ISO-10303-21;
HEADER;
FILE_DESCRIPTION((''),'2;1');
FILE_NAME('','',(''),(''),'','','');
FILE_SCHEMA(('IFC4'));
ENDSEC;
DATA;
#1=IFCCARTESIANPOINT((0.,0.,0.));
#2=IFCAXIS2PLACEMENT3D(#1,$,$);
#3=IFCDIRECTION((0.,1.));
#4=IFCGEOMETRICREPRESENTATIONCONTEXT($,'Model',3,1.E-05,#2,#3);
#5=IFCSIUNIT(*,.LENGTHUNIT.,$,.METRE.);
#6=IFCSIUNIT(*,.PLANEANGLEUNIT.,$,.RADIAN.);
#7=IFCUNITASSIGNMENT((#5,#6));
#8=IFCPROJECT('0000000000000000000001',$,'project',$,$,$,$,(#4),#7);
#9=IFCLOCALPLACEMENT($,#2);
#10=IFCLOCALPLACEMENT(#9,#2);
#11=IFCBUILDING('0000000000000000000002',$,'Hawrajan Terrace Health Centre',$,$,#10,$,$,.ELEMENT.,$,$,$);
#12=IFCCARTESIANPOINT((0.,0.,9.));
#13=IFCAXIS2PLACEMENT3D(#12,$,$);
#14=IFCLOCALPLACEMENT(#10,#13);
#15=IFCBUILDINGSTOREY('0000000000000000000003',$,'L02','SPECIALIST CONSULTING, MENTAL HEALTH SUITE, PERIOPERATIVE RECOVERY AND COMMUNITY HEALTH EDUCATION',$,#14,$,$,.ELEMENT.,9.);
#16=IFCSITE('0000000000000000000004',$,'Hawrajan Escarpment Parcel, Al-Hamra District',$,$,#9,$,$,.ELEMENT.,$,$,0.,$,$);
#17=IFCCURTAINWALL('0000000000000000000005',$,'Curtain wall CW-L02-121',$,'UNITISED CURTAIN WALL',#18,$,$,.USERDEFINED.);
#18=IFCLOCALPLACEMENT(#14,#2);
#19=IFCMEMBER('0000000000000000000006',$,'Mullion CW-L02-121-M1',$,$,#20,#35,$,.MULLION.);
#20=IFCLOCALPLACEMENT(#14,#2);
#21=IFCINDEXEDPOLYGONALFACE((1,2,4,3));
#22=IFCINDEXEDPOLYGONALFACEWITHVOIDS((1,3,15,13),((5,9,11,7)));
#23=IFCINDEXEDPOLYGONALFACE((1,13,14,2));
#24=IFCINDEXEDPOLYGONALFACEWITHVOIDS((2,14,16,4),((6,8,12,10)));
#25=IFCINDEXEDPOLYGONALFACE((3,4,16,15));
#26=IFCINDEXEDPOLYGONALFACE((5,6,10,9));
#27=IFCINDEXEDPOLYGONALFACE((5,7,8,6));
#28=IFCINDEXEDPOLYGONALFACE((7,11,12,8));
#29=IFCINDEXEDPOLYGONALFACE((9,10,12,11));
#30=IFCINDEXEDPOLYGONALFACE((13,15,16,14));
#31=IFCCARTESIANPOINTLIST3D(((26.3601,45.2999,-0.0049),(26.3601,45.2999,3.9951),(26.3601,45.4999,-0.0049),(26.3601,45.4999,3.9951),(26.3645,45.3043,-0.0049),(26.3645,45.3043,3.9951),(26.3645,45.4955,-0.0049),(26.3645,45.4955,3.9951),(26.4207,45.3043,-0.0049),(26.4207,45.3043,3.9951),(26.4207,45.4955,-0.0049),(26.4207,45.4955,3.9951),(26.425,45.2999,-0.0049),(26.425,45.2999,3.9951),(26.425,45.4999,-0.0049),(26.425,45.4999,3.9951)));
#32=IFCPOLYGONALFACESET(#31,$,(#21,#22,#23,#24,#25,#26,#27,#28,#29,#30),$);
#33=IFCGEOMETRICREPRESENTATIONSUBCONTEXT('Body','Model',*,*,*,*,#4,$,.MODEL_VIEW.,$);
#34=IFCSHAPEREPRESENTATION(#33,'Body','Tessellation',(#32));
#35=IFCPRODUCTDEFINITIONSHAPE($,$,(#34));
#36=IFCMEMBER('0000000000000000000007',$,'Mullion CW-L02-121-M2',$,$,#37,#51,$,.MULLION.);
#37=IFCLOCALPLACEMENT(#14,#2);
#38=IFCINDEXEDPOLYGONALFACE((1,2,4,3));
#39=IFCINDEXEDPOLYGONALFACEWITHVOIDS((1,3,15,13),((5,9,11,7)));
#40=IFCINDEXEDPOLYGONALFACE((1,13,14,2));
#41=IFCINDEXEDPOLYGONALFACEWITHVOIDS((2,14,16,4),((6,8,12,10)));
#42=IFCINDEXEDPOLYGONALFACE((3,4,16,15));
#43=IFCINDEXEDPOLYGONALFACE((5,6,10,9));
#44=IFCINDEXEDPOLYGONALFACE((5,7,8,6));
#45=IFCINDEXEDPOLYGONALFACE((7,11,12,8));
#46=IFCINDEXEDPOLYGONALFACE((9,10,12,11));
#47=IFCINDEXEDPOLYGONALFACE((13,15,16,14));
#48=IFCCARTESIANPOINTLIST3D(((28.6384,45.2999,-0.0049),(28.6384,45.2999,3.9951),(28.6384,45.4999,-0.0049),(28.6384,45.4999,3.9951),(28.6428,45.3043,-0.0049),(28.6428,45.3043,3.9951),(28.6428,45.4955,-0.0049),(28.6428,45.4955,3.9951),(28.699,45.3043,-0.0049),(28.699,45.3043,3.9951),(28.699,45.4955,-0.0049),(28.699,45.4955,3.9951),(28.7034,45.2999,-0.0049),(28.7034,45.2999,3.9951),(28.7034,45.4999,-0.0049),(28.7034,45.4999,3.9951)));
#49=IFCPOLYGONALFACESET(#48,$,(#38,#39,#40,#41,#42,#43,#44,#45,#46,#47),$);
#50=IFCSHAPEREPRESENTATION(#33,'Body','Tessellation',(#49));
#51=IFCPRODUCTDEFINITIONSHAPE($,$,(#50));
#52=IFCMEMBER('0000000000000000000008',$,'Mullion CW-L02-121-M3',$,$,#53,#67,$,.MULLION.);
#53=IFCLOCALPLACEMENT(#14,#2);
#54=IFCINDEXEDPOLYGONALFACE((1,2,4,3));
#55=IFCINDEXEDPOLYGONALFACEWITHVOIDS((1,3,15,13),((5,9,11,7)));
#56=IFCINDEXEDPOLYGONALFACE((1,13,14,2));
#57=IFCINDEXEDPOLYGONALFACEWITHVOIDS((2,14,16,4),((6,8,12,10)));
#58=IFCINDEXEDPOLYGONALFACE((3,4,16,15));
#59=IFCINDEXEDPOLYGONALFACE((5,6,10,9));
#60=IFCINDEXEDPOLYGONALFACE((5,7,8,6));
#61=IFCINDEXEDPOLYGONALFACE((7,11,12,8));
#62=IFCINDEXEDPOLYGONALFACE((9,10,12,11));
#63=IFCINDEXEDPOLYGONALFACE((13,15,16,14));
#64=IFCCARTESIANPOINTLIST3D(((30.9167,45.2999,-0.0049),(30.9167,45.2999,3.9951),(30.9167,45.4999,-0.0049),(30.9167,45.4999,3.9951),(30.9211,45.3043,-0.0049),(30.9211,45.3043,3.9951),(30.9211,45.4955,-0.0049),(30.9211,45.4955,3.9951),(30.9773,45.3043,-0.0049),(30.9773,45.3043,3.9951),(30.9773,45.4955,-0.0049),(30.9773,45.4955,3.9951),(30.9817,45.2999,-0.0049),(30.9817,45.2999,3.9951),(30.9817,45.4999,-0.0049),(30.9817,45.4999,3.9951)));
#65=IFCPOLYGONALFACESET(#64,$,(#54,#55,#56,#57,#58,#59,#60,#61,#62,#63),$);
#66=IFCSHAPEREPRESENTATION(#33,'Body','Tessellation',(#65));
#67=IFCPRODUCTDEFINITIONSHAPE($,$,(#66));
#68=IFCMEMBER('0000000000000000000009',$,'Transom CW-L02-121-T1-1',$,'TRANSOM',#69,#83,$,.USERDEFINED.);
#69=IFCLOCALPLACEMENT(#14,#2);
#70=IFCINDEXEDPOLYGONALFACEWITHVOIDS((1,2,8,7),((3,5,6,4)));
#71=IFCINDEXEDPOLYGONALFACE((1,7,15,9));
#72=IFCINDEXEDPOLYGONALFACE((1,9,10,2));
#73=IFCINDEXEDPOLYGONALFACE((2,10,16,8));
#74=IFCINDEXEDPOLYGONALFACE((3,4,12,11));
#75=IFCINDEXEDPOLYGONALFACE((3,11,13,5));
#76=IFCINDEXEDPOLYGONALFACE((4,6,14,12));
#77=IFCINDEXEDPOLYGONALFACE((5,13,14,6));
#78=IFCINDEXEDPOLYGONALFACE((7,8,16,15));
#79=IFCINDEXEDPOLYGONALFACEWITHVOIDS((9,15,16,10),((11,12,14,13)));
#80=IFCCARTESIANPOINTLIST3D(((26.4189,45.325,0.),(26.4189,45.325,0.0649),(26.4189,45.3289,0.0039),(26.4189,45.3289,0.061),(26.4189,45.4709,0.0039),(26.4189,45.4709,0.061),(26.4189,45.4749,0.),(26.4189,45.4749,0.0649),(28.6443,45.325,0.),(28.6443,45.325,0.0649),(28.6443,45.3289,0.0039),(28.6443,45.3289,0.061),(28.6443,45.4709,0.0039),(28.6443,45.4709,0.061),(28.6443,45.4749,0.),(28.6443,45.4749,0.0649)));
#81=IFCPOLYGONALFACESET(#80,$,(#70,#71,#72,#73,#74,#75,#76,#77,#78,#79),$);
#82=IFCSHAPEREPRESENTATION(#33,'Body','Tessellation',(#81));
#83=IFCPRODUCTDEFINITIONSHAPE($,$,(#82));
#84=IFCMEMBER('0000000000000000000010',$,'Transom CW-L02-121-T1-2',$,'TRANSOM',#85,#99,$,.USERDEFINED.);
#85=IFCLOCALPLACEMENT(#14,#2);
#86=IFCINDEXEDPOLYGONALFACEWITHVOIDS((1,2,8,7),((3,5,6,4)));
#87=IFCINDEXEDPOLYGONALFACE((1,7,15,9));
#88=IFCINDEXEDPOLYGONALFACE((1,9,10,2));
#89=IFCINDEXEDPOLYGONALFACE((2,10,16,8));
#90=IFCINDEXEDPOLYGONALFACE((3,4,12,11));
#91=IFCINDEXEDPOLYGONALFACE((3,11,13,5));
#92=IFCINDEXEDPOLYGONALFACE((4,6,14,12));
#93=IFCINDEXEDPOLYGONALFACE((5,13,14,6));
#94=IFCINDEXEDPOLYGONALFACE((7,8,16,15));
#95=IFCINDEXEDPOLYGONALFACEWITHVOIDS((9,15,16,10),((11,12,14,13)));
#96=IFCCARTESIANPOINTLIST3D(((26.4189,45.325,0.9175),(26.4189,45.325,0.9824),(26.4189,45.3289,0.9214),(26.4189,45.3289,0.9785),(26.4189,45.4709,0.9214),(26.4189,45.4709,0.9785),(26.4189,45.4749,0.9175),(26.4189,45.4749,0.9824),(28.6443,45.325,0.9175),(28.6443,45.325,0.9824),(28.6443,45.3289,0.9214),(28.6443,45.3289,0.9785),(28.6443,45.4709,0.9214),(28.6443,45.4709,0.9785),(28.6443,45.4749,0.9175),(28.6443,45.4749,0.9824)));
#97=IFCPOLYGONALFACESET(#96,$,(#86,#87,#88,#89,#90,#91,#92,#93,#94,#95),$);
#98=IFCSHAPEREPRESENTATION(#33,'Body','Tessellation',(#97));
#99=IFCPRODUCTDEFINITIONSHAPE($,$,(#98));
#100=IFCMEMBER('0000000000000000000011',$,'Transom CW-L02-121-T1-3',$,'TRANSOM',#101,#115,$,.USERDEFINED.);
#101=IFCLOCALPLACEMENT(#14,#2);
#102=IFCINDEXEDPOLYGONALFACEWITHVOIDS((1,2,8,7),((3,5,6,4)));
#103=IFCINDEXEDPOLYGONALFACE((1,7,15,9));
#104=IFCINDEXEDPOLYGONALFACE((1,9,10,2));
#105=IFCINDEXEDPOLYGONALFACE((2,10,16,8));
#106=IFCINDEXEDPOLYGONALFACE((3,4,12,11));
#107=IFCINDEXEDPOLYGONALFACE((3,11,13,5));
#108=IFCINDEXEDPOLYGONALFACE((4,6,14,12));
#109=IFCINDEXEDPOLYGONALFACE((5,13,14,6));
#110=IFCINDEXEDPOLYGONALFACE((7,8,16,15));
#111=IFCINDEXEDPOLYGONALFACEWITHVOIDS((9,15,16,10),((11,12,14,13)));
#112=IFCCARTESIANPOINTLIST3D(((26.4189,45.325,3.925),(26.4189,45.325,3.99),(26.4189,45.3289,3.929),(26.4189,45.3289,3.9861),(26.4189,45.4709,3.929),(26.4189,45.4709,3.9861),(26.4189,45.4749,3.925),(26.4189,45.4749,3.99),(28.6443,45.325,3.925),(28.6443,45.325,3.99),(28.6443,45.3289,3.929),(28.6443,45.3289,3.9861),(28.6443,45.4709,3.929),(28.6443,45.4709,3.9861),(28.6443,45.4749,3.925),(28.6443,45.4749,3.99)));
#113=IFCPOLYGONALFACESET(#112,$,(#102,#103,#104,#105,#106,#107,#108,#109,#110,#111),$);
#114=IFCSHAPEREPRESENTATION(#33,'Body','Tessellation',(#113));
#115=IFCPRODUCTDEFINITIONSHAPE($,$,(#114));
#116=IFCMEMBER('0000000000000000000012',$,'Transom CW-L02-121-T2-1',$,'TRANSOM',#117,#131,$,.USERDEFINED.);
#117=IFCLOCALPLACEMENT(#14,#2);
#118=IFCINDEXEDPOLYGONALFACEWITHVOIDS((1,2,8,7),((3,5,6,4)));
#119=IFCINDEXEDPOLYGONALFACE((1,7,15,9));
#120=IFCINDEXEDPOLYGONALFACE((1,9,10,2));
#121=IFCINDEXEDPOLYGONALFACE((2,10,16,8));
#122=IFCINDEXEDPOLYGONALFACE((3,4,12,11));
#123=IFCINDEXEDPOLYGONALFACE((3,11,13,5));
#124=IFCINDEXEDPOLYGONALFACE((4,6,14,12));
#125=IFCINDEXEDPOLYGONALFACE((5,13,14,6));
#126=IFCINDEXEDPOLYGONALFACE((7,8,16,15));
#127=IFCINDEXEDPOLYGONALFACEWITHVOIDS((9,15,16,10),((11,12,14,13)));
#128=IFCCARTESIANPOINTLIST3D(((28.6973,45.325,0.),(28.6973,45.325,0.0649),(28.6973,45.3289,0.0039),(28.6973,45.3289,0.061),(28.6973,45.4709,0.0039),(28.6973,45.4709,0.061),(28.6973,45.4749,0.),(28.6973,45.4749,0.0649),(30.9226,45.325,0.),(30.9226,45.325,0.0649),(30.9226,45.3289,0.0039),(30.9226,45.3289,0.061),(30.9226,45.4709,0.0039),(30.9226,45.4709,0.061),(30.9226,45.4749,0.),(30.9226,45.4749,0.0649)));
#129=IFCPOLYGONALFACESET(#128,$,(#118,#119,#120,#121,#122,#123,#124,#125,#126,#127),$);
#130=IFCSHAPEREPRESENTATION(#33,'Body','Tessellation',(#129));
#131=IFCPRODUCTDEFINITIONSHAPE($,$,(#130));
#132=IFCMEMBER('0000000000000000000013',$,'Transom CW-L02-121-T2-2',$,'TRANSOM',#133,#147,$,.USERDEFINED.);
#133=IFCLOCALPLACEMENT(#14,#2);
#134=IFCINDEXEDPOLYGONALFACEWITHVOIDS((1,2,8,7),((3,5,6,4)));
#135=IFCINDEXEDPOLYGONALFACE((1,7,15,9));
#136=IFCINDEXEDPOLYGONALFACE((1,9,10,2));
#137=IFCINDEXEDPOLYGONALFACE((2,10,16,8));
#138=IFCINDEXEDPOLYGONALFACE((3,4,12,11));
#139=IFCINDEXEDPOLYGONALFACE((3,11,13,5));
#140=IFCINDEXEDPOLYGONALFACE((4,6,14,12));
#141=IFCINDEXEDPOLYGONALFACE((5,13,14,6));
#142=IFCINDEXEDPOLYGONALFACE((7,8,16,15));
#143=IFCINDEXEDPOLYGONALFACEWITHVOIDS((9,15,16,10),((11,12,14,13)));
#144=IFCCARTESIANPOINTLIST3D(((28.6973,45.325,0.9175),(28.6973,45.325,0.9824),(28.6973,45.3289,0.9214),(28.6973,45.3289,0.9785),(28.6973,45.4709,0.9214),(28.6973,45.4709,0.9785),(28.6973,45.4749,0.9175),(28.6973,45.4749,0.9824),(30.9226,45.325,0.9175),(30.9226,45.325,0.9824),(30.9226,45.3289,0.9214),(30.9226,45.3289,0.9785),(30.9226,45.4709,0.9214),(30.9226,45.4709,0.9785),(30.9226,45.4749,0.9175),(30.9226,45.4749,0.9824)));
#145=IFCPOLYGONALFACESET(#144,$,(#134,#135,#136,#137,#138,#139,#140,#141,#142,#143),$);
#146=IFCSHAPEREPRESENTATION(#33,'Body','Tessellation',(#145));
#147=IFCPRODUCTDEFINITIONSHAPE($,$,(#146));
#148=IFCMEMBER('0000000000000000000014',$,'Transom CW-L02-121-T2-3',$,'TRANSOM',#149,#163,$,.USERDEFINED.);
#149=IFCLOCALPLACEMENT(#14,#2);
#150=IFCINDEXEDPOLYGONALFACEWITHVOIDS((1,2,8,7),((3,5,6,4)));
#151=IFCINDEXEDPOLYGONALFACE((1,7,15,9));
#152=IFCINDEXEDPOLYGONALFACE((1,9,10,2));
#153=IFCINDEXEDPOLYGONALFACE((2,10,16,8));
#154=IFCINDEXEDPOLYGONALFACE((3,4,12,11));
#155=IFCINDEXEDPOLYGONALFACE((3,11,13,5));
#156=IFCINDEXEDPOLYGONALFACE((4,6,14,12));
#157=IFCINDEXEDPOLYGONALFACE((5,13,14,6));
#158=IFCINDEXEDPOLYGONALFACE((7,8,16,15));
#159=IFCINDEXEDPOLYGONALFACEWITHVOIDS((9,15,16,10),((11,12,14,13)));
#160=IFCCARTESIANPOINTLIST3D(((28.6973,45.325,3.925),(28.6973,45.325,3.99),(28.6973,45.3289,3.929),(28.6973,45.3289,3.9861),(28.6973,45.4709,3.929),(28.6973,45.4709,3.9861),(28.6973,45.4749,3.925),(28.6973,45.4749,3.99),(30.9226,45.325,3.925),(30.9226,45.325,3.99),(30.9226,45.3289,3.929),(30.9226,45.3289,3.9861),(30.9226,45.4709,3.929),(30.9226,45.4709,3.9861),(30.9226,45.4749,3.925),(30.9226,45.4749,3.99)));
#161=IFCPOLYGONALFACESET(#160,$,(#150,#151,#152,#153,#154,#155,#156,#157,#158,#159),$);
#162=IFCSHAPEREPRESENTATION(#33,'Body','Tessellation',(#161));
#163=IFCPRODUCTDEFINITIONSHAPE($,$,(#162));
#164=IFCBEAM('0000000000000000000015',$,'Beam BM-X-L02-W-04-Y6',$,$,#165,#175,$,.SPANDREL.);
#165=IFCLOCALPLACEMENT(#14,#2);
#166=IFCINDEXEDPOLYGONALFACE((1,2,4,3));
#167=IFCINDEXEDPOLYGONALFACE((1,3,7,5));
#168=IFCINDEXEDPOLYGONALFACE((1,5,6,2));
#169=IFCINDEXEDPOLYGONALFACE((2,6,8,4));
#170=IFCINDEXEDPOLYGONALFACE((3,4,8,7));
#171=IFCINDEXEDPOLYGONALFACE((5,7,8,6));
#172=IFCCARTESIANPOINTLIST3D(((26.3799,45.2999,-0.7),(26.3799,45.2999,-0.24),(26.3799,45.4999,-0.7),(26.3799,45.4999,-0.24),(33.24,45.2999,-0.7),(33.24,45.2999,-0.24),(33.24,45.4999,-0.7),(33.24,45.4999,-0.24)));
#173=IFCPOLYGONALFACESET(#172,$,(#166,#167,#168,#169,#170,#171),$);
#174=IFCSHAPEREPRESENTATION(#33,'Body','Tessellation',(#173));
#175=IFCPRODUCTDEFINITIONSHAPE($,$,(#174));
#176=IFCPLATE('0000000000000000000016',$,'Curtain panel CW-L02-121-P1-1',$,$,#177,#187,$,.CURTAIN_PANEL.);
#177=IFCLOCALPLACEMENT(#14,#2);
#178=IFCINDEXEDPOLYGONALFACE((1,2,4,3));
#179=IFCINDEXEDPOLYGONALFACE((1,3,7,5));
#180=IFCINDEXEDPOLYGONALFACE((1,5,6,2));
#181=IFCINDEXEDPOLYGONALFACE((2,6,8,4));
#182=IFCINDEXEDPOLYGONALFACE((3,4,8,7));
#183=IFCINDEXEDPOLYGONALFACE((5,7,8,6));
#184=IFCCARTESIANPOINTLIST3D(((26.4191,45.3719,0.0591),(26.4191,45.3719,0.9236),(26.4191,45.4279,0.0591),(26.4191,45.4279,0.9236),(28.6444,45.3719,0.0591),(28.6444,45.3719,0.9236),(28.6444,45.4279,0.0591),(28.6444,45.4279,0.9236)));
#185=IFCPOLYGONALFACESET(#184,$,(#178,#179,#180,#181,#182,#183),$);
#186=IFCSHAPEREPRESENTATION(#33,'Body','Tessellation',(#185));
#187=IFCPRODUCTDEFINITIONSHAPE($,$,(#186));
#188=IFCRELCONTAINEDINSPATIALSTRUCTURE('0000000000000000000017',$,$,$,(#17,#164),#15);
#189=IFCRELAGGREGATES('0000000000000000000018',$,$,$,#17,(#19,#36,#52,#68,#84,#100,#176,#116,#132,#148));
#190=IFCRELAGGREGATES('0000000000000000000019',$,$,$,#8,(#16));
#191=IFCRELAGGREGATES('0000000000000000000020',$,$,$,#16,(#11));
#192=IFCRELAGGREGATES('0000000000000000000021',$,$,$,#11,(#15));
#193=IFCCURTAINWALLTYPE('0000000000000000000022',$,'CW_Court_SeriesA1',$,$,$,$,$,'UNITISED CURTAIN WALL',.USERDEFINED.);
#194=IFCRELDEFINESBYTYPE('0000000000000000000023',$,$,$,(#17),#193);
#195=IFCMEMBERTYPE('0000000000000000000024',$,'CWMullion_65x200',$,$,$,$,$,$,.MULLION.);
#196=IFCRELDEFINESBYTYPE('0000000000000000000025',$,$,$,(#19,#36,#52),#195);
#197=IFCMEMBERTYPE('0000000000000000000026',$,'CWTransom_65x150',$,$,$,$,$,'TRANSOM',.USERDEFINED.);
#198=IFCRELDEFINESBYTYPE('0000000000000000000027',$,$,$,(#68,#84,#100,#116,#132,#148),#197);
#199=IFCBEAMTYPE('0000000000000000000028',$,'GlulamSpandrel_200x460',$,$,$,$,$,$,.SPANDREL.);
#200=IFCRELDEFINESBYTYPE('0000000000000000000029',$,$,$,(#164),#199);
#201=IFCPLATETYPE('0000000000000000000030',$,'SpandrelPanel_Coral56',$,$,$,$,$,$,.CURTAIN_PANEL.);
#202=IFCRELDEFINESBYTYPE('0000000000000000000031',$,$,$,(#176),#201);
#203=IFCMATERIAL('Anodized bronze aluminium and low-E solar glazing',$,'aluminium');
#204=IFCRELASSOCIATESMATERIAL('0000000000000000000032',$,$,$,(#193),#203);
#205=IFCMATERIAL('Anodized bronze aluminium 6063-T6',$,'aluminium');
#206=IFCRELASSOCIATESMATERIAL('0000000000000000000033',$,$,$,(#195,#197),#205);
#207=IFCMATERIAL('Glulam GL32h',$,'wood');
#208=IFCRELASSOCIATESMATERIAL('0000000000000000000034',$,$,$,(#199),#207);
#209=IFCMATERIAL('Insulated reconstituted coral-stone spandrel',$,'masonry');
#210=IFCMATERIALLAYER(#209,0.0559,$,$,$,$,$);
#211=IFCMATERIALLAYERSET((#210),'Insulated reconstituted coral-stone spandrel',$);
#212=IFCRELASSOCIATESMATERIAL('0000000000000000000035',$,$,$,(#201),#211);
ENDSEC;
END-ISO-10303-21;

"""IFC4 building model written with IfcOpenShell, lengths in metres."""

from ifc_helpers import new_model, si_unit, direction, frame, origin, origin_2d, place, context, subcontext, project, spatial, rectangle, hollow_rectangle, extrude, material, layer, layer_set, material_profile, profile_set, type_object, element, aggregate, save


model = new_model("IFC4")

# Units and contexts
model_context = context("Model", 3, precision=1e-05, world=origin(), true_north=direction((0.0, 1.0)))
body_context = subcontext(model_context, "Body", "Model", "MODEL_VIEW")
ifc_project = project(units=[si_unit("LENGTHUNIT", "METRE"), si_unit("PLANEANGLEUNIT", "RADIAN")], contexts=[model_context])

# Site, building, storey
site_placement = place(None, origin())
site = spatial("IfcSite", under=ifc_project, at=site_placement, Name="Hawrajan Escarpment Parcel, Al-Hamra District", CompositionType="ELEMENT", RefElevation=0.0)
building_placement = place(site_placement, origin())
building = spatial("IfcBuilding", under=site, at=building_placement, Name="Hawrajan Terrace Health Centre", CompositionType="ELEMENT")
storey_placement = place(building_placement, frame((0.0, 0.0, 9.0)))
storey = spatial("IfcBuildingStorey", under=building, at=storey_placement, Name="L02", Description="SPECIALIST CONSULTING, MENTAL HEALTH SUITE, PERIOPERATIVE RECOVERY AND COMMUNITY HEALTH EDUCATION", CompositionType="ELEMENT", Elevation=9.0)

# Curtain wall, members
ifc_material_1 = material(Name="Anodized bronze aluminium and low-E solar glazing", Category="aluminium")
curtain_wall_type = type_object("IfcCurtainWallType", Name="CW_Court_SeriesA1", ElementType="UNITISED CURTAIN WALL", PredefinedType="USERDEFINED", material=ifc_material_1)
curtain_wall_placement = place(storey_placement, origin())
curtain_wall = element("IfcCurtainWall", 1, at=curtain_wall_placement, inside=storey, type_object=curtain_wall_type, Name="Curtain wall CW-L02-121", ObjectType="UNITISED CURTAIN WALL", PredefinedType="USERDEFINED")
ifc_material_2 = material(Name="Anodized bronze aluminium 6063-T6", Category="aluminium")
ifc_material_profile_1 = material_profile(ifc_material_2, hollow_rectangle(XDim=0.0649, YDim=0.2, WallThickness=0.0044, at=origin_2d()), Name="CW MUL 65x200")
ifc_profile_set_1 = profile_set([ifc_material_profile_1], Name="Anodized bronze aluminium 6063-T6")
member_type_1 = type_object("IfcMemberType", Name="CWMullion_65x200", PredefinedType="MULLION", material=ifc_profile_set_1)
member_1_placement = place(storey_placement, frame((26.3926, 45.3999, -0.0049), z_axis=(0.0, 0.0, 1.0), x_axis=(1.0, 0.0, 0.0)))
member_1 = element("IfcMember", 2, at=member_1_placement, type_object=member_type_1, Name="Mullion CW-L02-121-M1", PredefinedType="MULLION", context=body_context, shape_type="SweptSolid", body=[
    extrude(hollow_rectangle(XDim=0.0649, YDim=0.2, WallThickness=0.0044, at=origin_2d()), origin(), (0.0, 0.0, 1.0), 4.0),
])
member_2_placement = place(storey_placement, frame((28.6709, 45.3999, -0.0049), z_axis=(0.0, 0.0, 1.0), x_axis=(1.0, 0.0, 0.0)))
member_2 = element("IfcMember", 3, at=member_2_placement, type_object=member_type_1, Name="Mullion CW-L02-121-M2", PredefinedType="MULLION", context=body_context, shape_type="SweptSolid", body=[
    extrude(hollow_rectangle(XDim=0.0649, YDim=0.2, WallThickness=0.0044, at=origin_2d()), origin(), (0.0, 0.0, 1.0), 4.0),
])
member_3_placement = place(storey_placement, frame((30.9492, 45.3999, -0.0049), z_axis=(0.0, 0.0, 1.0), x_axis=(1.0, 0.0, 0.0)))
member_3 = element("IfcMember", 4, at=member_3_placement, type_object=member_type_1, Name="Mullion CW-L02-121-M3", PredefinedType="MULLION", context=body_context, shape_type="SweptSolid", body=[
    extrude(hollow_rectangle(XDim=0.0649, YDim=0.2, WallThickness=0.0044, at=origin_2d()), origin(), (0.0, 0.0, 1.0), 4.0),
])
ifc_material_profile_2 = material_profile(ifc_material_2, hollow_rectangle(XDim=0.0649, YDim=0.1499, WallThickness=0.0039, at=origin_2d()), Name="CW TRN 65x150")
ifc_profile_set_2 = profile_set([ifc_material_profile_2], Name="Anodized bronze aluminium 6063-T6")
member_type_2 = type_object("IfcMemberType", Name="CWTransom_65x150", ElementType="TRANSOM", PredefinedType="USERDEFINED", material=ifc_profile_set_2)
member_4_placement = place(storey_placement, frame((26.4189, 45.3999, 0.0325), z_axis=(1.0, 0.0, 0.0), x_axis=(0.0, 0.0, 1.0)))
member_4 = element("IfcMember", 5, at=member_4_placement, type_object=member_type_2, Name="Transom CW-L02-121-T1-1", ObjectType="TRANSOM", PredefinedType="USERDEFINED", context=body_context, shape_type="SweptSolid", body=[
    extrude(hollow_rectangle(XDim=0.0649, YDim=0.1499, WallThickness=0.0039, at=origin_2d()), origin(), (0.0, 0.0, 1.0), 2.2253),
])
member_5_placement = place(storey_placement, frame((26.4189, 45.3999, 0.95), z_axis=(1.0, 0.0, 0.0), x_axis=(0.0, 0.0, 1.0)))
member_5 = element("IfcMember", 6, at=member_5_placement, type_object=member_type_2, Name="Transom CW-L02-121-T1-2", ObjectType="TRANSOM", PredefinedType="USERDEFINED", context=body_context, shape_type="SweptSolid", body=[
    extrude(hollow_rectangle(XDim=0.0649, YDim=0.1499, WallThickness=0.0039, at=origin_2d()), origin(), (0.0, 0.0, 1.0), 2.2253),
])
member_6_placement = place(storey_placement, frame((26.4189, 45.3999, 3.9575), z_axis=(1.0, 0.0, 0.0), x_axis=(0.0, 0.0, 1.0)))
member_6 = element("IfcMember", 7, at=member_6_placement, type_object=member_type_2, Name="Transom CW-L02-121-T1-3", ObjectType="TRANSOM", PredefinedType="USERDEFINED", context=body_context, shape_type="SweptSolid", body=[
    extrude(hollow_rectangle(XDim=0.0649, YDim=0.1499, WallThickness=0.0039, at=origin_2d()), origin(), (0.0, 0.0, 1.0), 2.2253),
])
member_7_placement = place(storey_placement, frame((28.6973, 45.3999, 0.0325), z_axis=(1.0, 0.0, 0.0), x_axis=(0.0, 0.0, 1.0)))
member_7 = element("IfcMember", 8, at=member_7_placement, type_object=member_type_2, Name="Transom CW-L02-121-T2-1", ObjectType="TRANSOM", PredefinedType="USERDEFINED", context=body_context, shape_type="SweptSolid", body=[
    extrude(hollow_rectangle(XDim=0.0649, YDim=0.1499, WallThickness=0.0039, at=origin_2d()), origin(), (0.0, 0.0, 1.0), 2.2253),
])
member_8_placement = place(storey_placement, frame((28.6973, 45.3999, 0.95), z_axis=(1.0, 0.0, 0.0), x_axis=(0.0, 0.0, 1.0)))
member_8 = element("IfcMember", 9, at=member_8_placement, type_object=member_type_2, Name="Transom CW-L02-121-T2-2", ObjectType="TRANSOM", PredefinedType="USERDEFINED", context=body_context, shape_type="SweptSolid", body=[
    extrude(hollow_rectangle(XDim=0.0649, YDim=0.1499, WallThickness=0.0039, at=origin_2d()), origin(), (0.0, 0.0, 1.0), 2.2253),
])
member_9_placement = place(storey_placement, frame((28.6973, 45.3999, 3.9575), z_axis=(1.0, 0.0, 0.0), x_axis=(0.0, 0.0, 1.0)))
member_9 = element("IfcMember", 10, at=member_9_placement, type_object=member_type_2, Name="Transom CW-L02-121-T2-3", ObjectType="TRANSOM", PredefinedType="USERDEFINED", context=body_context, shape_type="SweptSolid", body=[
    extrude(hollow_rectangle(XDim=0.0649, YDim=0.1499, WallThickness=0.0039, at=origin_2d()), origin(), (0.0, 0.0, 1.0), 2.2253),
])

# Beam
ifc_material_3 = material(Name="Glulam GL32h", Category="wood")
ifc_material_profile_3 = material_profile(ifc_material_3, rectangle(XDim=0.2, YDim=0.46, at=origin_2d()), Name="GL SP 200x460")
ifc_profile_set_3 = profile_set([ifc_material_profile_3], Name="Glulam GL32h")
beam_type = type_object("IfcBeamType", Name="GlulamSpandrel_200x460", PredefinedType="SPANDREL", material=ifc_profile_set_3)
beam_placement = place(storey_placement, frame((26.3799, 45.3999, -0.47), z_axis=(1.0, 0.0, 0.0), x_axis=(0.0, 1.0, 0.0)))
element("IfcBeam", 11, at=beam_placement, inside=storey, type_object=beam_type, Name="Beam BM-X-L02-W-04-Y6", PredefinedType="SPANDREL", context=body_context, shape_type="SweptSolid", body=[
    extrude(rectangle(XDim=0.2, YDim=0.46, at=origin_2d()), origin(), (0.0, 0.0, 1.0), 6.8601),
])

# Plate
ifc_material_4 = material(Name="Insulated reconstituted coral-stone spandrel", Category="masonry")
ifc_layer_1 = layer(ifc_material_4, 0.0559)
ifc_layer_set_1 = layer_set([ifc_layer_1], Name="Insulated reconstituted coral-stone spandrel")
plate_type_1 = type_object("IfcPlateType", Name="SpandrelPanel_Coral56", PredefinedType="CURTAIN_PANEL", material=ifc_layer_set_1)
plate_1_placement = place(storey_placement, frame((27.5317, 45.3999, 0.0591), z_axis=(0.0, 0.0, 1.0), x_axis=(1.0, 0.0, 0.0)))
plate_1 = element("IfcPlate", 12, at=plate_1_placement, type_object=plate_type_1, Name="Curtain panel CW-L02-121-P1-1", PredefinedType="CURTAIN_PANEL", context=body_context, shape_type="SweptSolid", body=[
    extrude(rectangle(XDim=2.2253, YDim=0.0559, at=origin_2d()), origin(), (0.0, 0.0, 1.0), 0.8645),
])
aggregate(curtain_wall, [member_1, member_2, member_3, member_4, member_5, member_6, plate_1, member_7, member_8, member_9])

save(model, "model.ifc")
